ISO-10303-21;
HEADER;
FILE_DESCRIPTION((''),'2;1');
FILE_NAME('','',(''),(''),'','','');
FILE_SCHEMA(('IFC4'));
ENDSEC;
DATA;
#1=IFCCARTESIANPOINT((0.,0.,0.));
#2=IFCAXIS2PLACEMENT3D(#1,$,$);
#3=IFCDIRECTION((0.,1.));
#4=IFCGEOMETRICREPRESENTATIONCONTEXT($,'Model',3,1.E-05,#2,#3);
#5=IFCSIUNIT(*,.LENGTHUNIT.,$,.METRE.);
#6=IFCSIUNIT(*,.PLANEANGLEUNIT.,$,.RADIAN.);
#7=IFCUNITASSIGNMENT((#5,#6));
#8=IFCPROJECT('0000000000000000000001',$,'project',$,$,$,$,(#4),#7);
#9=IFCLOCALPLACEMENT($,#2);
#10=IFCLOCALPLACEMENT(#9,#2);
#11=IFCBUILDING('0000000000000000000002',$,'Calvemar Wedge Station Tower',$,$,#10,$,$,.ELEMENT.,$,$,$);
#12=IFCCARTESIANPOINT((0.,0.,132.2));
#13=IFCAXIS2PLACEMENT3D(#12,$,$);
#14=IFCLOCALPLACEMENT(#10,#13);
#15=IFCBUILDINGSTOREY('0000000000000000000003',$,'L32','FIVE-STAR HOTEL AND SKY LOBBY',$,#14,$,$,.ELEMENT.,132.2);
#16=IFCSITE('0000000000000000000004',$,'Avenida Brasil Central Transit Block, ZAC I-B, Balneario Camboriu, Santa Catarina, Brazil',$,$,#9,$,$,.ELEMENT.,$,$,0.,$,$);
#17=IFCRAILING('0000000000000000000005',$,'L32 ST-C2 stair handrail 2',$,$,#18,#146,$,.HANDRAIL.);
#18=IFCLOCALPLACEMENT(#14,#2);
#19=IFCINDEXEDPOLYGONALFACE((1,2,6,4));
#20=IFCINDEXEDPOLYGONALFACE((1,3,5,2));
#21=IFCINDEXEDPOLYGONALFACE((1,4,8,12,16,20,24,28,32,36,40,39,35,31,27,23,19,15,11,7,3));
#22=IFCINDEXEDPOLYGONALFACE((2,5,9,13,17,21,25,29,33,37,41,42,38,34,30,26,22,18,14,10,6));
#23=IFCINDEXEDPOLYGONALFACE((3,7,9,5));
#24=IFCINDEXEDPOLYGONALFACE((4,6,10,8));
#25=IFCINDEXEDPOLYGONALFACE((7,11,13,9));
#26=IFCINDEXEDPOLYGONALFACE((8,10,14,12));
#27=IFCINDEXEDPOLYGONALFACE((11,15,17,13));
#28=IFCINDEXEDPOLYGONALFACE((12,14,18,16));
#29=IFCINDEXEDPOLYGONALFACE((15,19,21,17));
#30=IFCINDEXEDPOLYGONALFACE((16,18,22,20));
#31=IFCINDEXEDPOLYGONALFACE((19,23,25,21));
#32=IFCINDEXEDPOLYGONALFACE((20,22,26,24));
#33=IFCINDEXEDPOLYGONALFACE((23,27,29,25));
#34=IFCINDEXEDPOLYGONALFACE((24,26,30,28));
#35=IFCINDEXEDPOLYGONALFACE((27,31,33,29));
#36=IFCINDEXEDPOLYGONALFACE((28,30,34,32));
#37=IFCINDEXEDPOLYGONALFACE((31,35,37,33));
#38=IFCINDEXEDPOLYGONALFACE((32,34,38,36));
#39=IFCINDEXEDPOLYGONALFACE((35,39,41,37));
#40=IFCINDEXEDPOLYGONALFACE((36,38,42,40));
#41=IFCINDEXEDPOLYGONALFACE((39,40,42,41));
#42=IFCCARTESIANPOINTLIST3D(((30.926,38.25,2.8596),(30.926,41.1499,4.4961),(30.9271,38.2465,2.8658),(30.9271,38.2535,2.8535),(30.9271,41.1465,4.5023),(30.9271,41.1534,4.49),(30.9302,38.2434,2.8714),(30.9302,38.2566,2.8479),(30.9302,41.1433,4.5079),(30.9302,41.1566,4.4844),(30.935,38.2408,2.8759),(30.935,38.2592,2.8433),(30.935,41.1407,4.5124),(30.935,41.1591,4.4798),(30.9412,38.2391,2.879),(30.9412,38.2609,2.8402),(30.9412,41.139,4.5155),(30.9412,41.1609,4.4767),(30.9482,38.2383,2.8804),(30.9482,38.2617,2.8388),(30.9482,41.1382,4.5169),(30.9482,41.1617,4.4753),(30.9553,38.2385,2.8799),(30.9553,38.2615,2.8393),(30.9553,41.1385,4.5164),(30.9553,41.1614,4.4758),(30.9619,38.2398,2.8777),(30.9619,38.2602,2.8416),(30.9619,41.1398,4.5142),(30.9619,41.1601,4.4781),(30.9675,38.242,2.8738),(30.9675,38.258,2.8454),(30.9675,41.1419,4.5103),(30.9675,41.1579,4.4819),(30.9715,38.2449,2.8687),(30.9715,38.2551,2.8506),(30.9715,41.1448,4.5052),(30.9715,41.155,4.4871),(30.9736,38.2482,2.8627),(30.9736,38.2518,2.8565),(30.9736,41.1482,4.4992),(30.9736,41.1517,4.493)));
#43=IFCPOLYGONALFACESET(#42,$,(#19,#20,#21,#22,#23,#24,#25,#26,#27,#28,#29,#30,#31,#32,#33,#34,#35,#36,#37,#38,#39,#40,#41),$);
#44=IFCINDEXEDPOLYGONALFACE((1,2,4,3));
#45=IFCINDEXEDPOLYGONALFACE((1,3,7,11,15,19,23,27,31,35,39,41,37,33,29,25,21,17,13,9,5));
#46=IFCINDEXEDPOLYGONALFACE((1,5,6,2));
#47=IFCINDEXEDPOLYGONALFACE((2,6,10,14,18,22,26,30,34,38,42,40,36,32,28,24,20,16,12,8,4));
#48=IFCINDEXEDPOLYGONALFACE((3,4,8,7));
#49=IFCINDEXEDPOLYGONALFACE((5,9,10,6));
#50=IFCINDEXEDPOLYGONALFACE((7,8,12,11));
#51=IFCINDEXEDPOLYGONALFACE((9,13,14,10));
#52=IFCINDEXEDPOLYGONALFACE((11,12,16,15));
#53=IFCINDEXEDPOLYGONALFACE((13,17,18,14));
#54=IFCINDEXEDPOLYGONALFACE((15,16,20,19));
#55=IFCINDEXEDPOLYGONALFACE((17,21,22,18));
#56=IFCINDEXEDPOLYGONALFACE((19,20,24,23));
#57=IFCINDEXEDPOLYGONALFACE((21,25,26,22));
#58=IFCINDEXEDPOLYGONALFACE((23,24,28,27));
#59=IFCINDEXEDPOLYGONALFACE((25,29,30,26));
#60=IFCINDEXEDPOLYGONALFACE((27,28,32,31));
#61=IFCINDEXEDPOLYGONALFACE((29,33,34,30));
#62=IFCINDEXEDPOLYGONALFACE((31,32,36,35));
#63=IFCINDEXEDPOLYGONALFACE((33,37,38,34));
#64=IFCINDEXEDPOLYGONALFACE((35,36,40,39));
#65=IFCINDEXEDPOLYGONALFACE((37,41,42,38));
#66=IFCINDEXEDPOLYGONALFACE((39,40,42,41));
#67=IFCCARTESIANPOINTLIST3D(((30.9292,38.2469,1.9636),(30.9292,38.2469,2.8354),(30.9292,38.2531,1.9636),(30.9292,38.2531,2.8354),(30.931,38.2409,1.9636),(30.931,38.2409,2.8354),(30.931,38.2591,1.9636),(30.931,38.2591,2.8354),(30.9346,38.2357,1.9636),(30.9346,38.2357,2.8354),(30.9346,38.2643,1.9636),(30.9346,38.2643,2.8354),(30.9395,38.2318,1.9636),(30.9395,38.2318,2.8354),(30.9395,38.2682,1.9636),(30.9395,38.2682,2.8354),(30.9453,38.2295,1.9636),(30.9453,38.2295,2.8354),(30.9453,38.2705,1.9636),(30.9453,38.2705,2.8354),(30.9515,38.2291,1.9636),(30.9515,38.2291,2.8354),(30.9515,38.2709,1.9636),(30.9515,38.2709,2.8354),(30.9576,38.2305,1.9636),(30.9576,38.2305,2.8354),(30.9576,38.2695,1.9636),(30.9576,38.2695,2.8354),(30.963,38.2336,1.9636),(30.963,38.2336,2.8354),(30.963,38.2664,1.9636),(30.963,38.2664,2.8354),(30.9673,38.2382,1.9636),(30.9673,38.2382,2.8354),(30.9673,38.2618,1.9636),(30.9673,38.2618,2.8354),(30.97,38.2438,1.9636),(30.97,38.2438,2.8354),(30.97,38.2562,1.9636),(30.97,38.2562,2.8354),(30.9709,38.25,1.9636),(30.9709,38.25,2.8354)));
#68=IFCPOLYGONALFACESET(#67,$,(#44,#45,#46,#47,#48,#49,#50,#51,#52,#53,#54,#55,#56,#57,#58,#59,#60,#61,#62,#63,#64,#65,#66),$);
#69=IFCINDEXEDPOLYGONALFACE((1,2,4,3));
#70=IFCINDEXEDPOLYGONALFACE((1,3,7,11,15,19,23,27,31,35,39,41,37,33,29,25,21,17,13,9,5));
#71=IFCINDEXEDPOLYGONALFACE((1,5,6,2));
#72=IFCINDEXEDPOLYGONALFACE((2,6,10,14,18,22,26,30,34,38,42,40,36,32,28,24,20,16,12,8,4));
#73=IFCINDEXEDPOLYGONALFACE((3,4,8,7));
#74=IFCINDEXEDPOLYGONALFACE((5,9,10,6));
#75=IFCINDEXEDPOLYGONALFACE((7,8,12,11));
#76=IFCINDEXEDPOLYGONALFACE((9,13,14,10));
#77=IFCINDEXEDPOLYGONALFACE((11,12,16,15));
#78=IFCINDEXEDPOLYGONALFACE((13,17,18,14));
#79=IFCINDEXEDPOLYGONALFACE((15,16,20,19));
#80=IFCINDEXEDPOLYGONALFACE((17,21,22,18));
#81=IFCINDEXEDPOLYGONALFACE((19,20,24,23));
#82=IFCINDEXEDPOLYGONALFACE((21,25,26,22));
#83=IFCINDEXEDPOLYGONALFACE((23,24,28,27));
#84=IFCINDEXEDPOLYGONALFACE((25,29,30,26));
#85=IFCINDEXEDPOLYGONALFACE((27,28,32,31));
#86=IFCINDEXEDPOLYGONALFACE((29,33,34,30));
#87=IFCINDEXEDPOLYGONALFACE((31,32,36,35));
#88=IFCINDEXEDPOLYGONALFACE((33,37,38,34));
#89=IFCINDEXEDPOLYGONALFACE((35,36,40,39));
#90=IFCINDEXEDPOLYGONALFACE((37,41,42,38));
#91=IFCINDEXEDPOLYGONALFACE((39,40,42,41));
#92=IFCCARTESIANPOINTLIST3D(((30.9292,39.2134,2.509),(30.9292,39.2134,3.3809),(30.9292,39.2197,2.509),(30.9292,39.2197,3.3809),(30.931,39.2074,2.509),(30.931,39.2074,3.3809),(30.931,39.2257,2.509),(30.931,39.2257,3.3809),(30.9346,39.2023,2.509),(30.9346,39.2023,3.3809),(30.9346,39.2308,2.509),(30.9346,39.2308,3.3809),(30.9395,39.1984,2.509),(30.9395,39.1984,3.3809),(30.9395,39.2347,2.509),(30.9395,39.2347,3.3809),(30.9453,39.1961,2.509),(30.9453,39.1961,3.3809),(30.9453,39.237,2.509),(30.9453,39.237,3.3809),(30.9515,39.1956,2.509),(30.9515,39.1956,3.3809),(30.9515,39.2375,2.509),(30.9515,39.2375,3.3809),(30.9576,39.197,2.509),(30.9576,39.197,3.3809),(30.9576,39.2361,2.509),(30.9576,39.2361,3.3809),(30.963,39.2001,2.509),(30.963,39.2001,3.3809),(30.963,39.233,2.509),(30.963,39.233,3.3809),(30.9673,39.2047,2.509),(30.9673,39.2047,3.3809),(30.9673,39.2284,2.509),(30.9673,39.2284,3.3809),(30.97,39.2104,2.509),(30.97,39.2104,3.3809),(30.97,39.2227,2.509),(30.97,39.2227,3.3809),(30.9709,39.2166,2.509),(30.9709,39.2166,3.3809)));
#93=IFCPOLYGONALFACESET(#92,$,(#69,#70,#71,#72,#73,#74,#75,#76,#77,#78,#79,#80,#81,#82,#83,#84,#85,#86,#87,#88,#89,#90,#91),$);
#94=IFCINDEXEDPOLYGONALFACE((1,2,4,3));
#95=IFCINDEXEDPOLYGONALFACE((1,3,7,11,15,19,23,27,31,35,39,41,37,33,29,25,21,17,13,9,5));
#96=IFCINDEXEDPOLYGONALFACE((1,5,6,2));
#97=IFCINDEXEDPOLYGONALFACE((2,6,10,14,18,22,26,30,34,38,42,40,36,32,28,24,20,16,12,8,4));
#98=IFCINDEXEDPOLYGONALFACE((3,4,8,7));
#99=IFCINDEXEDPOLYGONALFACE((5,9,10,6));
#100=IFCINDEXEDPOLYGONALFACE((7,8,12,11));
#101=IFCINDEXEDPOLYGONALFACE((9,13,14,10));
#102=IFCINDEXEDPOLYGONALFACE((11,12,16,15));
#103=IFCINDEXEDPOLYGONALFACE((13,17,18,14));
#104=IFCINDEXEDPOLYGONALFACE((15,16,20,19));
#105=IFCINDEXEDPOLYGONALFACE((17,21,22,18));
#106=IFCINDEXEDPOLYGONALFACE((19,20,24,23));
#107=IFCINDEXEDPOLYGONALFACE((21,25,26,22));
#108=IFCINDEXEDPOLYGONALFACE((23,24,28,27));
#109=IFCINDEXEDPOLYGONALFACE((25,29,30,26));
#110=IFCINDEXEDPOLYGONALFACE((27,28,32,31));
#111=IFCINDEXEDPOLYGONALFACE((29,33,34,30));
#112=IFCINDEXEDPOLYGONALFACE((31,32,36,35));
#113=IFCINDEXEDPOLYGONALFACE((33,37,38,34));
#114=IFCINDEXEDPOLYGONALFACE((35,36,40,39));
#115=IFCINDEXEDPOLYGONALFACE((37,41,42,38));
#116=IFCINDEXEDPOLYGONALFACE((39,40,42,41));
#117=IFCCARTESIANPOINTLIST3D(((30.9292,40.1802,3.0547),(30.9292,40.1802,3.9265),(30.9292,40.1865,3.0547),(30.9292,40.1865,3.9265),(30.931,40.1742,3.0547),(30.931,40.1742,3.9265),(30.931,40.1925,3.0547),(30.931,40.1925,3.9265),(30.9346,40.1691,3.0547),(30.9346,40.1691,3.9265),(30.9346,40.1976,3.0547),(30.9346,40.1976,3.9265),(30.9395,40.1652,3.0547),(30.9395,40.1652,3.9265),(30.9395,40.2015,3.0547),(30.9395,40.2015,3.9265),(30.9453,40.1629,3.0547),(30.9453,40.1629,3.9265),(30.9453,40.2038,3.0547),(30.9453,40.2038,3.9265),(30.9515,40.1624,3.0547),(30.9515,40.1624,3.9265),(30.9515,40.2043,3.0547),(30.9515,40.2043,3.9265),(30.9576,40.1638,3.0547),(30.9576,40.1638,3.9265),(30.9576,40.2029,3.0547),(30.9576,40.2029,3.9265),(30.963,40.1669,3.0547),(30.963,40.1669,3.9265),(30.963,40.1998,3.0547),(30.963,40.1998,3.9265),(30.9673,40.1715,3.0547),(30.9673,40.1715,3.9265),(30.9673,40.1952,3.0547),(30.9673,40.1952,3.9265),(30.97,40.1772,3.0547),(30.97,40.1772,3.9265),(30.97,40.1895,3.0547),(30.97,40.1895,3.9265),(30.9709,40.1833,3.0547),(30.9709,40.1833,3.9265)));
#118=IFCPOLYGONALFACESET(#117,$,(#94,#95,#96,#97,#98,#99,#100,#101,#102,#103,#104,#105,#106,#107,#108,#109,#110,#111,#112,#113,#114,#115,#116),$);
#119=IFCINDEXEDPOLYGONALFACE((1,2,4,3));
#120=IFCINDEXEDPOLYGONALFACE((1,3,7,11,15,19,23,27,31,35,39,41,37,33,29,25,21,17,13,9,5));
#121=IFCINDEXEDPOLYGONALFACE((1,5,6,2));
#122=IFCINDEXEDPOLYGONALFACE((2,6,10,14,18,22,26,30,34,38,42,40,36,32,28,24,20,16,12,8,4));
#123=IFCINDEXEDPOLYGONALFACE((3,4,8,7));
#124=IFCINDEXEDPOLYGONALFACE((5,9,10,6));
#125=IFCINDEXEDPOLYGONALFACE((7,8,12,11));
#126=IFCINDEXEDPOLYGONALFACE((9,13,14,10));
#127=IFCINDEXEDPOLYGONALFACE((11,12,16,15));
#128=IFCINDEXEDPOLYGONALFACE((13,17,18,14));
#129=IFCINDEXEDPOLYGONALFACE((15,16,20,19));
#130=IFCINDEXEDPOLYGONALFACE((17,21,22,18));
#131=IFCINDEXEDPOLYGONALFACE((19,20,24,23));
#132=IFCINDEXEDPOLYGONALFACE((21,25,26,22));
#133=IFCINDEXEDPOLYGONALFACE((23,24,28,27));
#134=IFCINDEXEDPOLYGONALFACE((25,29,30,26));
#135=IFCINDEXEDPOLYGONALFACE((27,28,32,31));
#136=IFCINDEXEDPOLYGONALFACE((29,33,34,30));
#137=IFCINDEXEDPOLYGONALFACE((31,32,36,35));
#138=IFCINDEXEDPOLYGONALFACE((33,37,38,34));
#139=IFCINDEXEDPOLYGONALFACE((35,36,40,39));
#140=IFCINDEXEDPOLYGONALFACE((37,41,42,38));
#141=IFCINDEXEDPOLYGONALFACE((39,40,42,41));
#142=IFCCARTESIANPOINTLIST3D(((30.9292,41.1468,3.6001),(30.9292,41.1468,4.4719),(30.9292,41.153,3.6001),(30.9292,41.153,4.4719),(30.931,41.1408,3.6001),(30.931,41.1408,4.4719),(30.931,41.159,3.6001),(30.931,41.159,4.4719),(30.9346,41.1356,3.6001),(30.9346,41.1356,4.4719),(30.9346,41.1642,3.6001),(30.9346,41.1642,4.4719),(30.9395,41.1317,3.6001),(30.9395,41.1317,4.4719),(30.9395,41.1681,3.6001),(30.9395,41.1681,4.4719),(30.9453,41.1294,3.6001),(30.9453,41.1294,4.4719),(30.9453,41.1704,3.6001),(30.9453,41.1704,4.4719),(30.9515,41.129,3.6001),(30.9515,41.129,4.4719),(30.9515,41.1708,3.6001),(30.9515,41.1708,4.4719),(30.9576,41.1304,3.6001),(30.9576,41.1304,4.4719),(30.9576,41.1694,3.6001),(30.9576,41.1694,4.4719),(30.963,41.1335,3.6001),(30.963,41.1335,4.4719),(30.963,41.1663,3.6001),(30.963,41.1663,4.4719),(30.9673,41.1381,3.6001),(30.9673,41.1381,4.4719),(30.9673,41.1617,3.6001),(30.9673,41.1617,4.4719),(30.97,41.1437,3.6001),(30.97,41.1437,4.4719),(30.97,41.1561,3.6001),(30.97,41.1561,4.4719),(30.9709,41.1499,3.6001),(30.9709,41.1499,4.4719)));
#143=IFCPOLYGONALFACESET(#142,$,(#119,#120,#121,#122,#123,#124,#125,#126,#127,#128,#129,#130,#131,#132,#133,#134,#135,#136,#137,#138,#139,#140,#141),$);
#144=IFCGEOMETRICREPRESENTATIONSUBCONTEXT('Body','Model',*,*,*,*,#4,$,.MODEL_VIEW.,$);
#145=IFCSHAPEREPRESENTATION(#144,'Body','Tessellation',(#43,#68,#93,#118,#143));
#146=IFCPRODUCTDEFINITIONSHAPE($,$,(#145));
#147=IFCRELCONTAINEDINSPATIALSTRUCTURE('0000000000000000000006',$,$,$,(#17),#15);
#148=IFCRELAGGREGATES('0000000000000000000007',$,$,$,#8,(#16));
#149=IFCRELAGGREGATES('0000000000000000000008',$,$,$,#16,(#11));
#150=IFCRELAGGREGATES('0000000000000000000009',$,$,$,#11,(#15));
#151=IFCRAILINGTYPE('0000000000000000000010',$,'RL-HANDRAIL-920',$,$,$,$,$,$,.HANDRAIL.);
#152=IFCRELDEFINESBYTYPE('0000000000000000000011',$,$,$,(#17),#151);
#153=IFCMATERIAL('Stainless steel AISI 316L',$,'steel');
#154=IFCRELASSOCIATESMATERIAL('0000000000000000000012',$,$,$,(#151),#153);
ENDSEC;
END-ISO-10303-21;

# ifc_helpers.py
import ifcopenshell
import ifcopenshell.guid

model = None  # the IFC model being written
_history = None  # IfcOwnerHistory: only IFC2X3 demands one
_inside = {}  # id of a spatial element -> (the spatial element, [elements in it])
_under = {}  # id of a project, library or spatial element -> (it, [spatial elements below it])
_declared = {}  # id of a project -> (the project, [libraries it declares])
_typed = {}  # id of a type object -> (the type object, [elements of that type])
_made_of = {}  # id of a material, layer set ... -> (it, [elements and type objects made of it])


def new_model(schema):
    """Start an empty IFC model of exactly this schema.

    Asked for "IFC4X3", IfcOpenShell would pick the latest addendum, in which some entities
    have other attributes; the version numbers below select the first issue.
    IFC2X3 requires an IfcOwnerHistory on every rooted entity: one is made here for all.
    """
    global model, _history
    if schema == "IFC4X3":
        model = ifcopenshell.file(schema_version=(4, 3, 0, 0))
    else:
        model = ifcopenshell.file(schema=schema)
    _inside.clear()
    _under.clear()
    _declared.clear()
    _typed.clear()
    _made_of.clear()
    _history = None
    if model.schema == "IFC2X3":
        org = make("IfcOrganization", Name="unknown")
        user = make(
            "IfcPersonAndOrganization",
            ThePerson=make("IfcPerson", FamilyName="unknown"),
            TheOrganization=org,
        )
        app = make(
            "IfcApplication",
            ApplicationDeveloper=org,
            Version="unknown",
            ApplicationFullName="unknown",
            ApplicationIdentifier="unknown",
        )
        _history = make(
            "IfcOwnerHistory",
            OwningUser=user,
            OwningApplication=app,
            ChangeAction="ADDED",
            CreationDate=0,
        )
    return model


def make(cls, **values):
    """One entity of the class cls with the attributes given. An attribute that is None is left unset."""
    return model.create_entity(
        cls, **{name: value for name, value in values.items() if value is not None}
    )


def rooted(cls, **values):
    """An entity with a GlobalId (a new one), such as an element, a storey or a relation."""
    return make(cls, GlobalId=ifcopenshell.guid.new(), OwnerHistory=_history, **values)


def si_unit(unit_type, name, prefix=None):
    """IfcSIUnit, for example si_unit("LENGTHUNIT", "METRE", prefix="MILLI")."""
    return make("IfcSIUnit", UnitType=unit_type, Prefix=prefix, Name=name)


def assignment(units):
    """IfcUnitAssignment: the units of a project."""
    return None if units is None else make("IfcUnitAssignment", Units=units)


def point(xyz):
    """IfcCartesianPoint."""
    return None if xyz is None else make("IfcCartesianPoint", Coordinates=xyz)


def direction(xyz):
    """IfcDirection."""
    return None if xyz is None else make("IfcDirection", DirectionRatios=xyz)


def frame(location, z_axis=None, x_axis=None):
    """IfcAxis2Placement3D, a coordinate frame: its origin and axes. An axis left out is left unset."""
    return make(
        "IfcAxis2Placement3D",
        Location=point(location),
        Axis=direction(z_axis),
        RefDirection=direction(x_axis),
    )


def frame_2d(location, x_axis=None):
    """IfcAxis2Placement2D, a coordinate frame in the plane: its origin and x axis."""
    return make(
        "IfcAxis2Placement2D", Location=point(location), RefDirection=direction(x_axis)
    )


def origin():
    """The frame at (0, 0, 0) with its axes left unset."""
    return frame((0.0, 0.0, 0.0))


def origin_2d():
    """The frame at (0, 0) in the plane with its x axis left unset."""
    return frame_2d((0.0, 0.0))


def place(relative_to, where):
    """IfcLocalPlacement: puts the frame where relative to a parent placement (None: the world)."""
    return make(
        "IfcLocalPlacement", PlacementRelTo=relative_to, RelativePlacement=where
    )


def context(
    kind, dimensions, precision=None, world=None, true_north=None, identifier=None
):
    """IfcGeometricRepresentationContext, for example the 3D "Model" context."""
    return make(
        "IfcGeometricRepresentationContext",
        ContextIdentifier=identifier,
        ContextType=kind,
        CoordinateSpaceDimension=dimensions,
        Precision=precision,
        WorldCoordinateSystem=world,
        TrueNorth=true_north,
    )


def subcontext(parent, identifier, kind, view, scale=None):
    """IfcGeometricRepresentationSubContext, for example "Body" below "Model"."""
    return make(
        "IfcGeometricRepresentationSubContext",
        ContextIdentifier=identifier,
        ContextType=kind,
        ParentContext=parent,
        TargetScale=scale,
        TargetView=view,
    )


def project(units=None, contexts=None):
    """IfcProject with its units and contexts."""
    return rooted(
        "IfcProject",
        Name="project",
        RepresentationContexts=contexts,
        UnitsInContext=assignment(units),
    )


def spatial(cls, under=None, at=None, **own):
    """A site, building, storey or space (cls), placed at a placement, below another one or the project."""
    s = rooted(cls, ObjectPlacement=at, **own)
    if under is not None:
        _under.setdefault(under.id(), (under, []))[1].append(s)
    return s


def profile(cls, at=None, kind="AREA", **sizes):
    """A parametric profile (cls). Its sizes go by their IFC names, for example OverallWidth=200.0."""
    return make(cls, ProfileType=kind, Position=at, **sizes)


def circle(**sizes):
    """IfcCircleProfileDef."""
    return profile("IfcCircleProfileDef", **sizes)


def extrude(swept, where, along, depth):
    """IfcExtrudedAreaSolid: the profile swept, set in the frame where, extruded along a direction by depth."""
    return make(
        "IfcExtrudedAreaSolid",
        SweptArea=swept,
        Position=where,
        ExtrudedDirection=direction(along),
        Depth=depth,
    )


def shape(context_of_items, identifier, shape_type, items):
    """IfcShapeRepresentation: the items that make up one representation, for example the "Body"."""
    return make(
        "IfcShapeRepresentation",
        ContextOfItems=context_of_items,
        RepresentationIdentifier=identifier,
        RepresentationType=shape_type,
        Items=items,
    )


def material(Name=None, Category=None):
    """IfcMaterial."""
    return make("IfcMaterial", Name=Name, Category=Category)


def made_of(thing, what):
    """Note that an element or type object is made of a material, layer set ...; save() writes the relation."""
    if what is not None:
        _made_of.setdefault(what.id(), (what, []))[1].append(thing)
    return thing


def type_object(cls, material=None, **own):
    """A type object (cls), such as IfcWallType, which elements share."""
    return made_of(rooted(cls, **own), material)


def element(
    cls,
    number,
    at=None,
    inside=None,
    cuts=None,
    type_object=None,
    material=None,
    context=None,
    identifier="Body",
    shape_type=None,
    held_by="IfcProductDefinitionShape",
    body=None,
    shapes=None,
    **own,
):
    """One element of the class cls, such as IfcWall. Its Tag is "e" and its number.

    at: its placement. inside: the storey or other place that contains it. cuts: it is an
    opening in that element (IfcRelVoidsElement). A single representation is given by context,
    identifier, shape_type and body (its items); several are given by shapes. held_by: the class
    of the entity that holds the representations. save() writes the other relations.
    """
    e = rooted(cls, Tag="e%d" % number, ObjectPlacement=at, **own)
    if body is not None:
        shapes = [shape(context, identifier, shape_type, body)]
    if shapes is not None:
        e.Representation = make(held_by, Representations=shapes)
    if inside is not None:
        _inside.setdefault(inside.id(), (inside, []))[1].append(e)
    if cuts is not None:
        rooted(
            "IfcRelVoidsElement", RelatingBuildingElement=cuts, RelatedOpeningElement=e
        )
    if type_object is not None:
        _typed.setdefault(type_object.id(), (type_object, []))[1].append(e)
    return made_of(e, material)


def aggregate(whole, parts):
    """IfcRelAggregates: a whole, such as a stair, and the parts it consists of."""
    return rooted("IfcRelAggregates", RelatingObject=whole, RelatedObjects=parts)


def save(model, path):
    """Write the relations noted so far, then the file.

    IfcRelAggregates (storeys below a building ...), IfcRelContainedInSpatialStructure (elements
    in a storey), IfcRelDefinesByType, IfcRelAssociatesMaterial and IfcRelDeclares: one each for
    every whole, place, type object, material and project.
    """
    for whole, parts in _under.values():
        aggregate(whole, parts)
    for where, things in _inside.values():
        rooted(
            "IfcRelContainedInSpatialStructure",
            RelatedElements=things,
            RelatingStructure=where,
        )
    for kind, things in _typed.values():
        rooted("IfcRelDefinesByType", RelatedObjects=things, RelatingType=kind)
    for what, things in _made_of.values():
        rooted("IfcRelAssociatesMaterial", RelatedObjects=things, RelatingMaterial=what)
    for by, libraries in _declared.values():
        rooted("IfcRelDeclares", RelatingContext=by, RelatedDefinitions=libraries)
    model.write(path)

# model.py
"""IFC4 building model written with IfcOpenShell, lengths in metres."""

from ifc_helpers import new_model, si_unit, direction, frame, origin, origin_2d, place, context, subcontext, project, spatial, circle, extrude, material, type_object, element, save


model = new_model("IFC4")

# Units and contexts
model_context = context("Model", 3, precision=1e-05, world=origin(), true_north=direction((0.0, 1.0)))
body_context = subcontext(model_context, "Body", "Model", "MODEL_VIEW")
ifc_project = project(units=[si_unit("LENGTHUNIT", "METRE"), si_unit("PLANEANGLEUNIT", "RADIAN")], contexts=[model_context])

# Site, building, storey
site_placement = place(None, origin())
site = spatial("IfcSite", under=ifc_project, at=site_placement, Name="Avenida Brasil Central Transit Block, ZAC I-B, Balneario Camboriu, Santa Catarina, Brazil", CompositionType="ELEMENT", RefElevation=0.0)
building_placement = place(site_placement, origin())
building = spatial("IfcBuilding", under=site, at=building_placement, Name="Calvemar Wedge Station Tower", CompositionType="ELEMENT")
storey_placement = place(building_placement, frame((0.0, 0.0, 132.2)))
storey = spatial("IfcBuildingStorey", under=building, at=storey_placement, Name="L32", Description="FIVE-STAR HOTEL AND SKY LOBBY", CompositionType="ELEMENT", Elevation=132.2)

# Railing
ifc_material_1 = material(Name="Stainless steel AISI 316L", Category="steel")
railing_type_1 = type_object("IfcRailingType", Name="RL-HANDRAIL-920", PredefinedType="HANDRAIL", material=ifc_material_1)
railing_1_placement = place(storey_placement, frame((30.95, 38.25, 1.9636)))
element("IfcRailing", 1, at=railing_1_placement, inside=storey, type_object=railing_type_1, Name="L32 ST-C2 stair handrail 2", PredefinedType="HANDRAIL", context=body_context, shape_type="SweptSolid", body=[
    extrude(circle(Radius=0.0239, at=origin_2d()), frame((0.0, 0.0, 0.896), z_axis=(0.0, 0.870897, 0.491465), x_axis=(-1.0, 0.0, 0.0)), (0.0, 0.0, 1.0), 3.3298),
    extrude(circle(Radius=0.021, at=origin_2d()), origin(), (0.0, 0.0, 1.0), 0.8718),
    extrude(circle(Radius=0.021, at=origin_2d()), frame((0.0, 0.9666, 0.5454)), (0.0, 0.0, 1.0), 0.8718),
    extrude(circle(Radius=0.021, at=origin_2d()), frame((0.0, 1.9333, 1.0911)), (0.0, 0.0, 1.0), 0.8718),
    extrude(circle(Radius=0.021, at=origin_2d()), frame((0.0, 2.8999, 1.6365)), (0.0, 0.0, 1.0), 0.8718),
])

save(model, "model.ifc")
